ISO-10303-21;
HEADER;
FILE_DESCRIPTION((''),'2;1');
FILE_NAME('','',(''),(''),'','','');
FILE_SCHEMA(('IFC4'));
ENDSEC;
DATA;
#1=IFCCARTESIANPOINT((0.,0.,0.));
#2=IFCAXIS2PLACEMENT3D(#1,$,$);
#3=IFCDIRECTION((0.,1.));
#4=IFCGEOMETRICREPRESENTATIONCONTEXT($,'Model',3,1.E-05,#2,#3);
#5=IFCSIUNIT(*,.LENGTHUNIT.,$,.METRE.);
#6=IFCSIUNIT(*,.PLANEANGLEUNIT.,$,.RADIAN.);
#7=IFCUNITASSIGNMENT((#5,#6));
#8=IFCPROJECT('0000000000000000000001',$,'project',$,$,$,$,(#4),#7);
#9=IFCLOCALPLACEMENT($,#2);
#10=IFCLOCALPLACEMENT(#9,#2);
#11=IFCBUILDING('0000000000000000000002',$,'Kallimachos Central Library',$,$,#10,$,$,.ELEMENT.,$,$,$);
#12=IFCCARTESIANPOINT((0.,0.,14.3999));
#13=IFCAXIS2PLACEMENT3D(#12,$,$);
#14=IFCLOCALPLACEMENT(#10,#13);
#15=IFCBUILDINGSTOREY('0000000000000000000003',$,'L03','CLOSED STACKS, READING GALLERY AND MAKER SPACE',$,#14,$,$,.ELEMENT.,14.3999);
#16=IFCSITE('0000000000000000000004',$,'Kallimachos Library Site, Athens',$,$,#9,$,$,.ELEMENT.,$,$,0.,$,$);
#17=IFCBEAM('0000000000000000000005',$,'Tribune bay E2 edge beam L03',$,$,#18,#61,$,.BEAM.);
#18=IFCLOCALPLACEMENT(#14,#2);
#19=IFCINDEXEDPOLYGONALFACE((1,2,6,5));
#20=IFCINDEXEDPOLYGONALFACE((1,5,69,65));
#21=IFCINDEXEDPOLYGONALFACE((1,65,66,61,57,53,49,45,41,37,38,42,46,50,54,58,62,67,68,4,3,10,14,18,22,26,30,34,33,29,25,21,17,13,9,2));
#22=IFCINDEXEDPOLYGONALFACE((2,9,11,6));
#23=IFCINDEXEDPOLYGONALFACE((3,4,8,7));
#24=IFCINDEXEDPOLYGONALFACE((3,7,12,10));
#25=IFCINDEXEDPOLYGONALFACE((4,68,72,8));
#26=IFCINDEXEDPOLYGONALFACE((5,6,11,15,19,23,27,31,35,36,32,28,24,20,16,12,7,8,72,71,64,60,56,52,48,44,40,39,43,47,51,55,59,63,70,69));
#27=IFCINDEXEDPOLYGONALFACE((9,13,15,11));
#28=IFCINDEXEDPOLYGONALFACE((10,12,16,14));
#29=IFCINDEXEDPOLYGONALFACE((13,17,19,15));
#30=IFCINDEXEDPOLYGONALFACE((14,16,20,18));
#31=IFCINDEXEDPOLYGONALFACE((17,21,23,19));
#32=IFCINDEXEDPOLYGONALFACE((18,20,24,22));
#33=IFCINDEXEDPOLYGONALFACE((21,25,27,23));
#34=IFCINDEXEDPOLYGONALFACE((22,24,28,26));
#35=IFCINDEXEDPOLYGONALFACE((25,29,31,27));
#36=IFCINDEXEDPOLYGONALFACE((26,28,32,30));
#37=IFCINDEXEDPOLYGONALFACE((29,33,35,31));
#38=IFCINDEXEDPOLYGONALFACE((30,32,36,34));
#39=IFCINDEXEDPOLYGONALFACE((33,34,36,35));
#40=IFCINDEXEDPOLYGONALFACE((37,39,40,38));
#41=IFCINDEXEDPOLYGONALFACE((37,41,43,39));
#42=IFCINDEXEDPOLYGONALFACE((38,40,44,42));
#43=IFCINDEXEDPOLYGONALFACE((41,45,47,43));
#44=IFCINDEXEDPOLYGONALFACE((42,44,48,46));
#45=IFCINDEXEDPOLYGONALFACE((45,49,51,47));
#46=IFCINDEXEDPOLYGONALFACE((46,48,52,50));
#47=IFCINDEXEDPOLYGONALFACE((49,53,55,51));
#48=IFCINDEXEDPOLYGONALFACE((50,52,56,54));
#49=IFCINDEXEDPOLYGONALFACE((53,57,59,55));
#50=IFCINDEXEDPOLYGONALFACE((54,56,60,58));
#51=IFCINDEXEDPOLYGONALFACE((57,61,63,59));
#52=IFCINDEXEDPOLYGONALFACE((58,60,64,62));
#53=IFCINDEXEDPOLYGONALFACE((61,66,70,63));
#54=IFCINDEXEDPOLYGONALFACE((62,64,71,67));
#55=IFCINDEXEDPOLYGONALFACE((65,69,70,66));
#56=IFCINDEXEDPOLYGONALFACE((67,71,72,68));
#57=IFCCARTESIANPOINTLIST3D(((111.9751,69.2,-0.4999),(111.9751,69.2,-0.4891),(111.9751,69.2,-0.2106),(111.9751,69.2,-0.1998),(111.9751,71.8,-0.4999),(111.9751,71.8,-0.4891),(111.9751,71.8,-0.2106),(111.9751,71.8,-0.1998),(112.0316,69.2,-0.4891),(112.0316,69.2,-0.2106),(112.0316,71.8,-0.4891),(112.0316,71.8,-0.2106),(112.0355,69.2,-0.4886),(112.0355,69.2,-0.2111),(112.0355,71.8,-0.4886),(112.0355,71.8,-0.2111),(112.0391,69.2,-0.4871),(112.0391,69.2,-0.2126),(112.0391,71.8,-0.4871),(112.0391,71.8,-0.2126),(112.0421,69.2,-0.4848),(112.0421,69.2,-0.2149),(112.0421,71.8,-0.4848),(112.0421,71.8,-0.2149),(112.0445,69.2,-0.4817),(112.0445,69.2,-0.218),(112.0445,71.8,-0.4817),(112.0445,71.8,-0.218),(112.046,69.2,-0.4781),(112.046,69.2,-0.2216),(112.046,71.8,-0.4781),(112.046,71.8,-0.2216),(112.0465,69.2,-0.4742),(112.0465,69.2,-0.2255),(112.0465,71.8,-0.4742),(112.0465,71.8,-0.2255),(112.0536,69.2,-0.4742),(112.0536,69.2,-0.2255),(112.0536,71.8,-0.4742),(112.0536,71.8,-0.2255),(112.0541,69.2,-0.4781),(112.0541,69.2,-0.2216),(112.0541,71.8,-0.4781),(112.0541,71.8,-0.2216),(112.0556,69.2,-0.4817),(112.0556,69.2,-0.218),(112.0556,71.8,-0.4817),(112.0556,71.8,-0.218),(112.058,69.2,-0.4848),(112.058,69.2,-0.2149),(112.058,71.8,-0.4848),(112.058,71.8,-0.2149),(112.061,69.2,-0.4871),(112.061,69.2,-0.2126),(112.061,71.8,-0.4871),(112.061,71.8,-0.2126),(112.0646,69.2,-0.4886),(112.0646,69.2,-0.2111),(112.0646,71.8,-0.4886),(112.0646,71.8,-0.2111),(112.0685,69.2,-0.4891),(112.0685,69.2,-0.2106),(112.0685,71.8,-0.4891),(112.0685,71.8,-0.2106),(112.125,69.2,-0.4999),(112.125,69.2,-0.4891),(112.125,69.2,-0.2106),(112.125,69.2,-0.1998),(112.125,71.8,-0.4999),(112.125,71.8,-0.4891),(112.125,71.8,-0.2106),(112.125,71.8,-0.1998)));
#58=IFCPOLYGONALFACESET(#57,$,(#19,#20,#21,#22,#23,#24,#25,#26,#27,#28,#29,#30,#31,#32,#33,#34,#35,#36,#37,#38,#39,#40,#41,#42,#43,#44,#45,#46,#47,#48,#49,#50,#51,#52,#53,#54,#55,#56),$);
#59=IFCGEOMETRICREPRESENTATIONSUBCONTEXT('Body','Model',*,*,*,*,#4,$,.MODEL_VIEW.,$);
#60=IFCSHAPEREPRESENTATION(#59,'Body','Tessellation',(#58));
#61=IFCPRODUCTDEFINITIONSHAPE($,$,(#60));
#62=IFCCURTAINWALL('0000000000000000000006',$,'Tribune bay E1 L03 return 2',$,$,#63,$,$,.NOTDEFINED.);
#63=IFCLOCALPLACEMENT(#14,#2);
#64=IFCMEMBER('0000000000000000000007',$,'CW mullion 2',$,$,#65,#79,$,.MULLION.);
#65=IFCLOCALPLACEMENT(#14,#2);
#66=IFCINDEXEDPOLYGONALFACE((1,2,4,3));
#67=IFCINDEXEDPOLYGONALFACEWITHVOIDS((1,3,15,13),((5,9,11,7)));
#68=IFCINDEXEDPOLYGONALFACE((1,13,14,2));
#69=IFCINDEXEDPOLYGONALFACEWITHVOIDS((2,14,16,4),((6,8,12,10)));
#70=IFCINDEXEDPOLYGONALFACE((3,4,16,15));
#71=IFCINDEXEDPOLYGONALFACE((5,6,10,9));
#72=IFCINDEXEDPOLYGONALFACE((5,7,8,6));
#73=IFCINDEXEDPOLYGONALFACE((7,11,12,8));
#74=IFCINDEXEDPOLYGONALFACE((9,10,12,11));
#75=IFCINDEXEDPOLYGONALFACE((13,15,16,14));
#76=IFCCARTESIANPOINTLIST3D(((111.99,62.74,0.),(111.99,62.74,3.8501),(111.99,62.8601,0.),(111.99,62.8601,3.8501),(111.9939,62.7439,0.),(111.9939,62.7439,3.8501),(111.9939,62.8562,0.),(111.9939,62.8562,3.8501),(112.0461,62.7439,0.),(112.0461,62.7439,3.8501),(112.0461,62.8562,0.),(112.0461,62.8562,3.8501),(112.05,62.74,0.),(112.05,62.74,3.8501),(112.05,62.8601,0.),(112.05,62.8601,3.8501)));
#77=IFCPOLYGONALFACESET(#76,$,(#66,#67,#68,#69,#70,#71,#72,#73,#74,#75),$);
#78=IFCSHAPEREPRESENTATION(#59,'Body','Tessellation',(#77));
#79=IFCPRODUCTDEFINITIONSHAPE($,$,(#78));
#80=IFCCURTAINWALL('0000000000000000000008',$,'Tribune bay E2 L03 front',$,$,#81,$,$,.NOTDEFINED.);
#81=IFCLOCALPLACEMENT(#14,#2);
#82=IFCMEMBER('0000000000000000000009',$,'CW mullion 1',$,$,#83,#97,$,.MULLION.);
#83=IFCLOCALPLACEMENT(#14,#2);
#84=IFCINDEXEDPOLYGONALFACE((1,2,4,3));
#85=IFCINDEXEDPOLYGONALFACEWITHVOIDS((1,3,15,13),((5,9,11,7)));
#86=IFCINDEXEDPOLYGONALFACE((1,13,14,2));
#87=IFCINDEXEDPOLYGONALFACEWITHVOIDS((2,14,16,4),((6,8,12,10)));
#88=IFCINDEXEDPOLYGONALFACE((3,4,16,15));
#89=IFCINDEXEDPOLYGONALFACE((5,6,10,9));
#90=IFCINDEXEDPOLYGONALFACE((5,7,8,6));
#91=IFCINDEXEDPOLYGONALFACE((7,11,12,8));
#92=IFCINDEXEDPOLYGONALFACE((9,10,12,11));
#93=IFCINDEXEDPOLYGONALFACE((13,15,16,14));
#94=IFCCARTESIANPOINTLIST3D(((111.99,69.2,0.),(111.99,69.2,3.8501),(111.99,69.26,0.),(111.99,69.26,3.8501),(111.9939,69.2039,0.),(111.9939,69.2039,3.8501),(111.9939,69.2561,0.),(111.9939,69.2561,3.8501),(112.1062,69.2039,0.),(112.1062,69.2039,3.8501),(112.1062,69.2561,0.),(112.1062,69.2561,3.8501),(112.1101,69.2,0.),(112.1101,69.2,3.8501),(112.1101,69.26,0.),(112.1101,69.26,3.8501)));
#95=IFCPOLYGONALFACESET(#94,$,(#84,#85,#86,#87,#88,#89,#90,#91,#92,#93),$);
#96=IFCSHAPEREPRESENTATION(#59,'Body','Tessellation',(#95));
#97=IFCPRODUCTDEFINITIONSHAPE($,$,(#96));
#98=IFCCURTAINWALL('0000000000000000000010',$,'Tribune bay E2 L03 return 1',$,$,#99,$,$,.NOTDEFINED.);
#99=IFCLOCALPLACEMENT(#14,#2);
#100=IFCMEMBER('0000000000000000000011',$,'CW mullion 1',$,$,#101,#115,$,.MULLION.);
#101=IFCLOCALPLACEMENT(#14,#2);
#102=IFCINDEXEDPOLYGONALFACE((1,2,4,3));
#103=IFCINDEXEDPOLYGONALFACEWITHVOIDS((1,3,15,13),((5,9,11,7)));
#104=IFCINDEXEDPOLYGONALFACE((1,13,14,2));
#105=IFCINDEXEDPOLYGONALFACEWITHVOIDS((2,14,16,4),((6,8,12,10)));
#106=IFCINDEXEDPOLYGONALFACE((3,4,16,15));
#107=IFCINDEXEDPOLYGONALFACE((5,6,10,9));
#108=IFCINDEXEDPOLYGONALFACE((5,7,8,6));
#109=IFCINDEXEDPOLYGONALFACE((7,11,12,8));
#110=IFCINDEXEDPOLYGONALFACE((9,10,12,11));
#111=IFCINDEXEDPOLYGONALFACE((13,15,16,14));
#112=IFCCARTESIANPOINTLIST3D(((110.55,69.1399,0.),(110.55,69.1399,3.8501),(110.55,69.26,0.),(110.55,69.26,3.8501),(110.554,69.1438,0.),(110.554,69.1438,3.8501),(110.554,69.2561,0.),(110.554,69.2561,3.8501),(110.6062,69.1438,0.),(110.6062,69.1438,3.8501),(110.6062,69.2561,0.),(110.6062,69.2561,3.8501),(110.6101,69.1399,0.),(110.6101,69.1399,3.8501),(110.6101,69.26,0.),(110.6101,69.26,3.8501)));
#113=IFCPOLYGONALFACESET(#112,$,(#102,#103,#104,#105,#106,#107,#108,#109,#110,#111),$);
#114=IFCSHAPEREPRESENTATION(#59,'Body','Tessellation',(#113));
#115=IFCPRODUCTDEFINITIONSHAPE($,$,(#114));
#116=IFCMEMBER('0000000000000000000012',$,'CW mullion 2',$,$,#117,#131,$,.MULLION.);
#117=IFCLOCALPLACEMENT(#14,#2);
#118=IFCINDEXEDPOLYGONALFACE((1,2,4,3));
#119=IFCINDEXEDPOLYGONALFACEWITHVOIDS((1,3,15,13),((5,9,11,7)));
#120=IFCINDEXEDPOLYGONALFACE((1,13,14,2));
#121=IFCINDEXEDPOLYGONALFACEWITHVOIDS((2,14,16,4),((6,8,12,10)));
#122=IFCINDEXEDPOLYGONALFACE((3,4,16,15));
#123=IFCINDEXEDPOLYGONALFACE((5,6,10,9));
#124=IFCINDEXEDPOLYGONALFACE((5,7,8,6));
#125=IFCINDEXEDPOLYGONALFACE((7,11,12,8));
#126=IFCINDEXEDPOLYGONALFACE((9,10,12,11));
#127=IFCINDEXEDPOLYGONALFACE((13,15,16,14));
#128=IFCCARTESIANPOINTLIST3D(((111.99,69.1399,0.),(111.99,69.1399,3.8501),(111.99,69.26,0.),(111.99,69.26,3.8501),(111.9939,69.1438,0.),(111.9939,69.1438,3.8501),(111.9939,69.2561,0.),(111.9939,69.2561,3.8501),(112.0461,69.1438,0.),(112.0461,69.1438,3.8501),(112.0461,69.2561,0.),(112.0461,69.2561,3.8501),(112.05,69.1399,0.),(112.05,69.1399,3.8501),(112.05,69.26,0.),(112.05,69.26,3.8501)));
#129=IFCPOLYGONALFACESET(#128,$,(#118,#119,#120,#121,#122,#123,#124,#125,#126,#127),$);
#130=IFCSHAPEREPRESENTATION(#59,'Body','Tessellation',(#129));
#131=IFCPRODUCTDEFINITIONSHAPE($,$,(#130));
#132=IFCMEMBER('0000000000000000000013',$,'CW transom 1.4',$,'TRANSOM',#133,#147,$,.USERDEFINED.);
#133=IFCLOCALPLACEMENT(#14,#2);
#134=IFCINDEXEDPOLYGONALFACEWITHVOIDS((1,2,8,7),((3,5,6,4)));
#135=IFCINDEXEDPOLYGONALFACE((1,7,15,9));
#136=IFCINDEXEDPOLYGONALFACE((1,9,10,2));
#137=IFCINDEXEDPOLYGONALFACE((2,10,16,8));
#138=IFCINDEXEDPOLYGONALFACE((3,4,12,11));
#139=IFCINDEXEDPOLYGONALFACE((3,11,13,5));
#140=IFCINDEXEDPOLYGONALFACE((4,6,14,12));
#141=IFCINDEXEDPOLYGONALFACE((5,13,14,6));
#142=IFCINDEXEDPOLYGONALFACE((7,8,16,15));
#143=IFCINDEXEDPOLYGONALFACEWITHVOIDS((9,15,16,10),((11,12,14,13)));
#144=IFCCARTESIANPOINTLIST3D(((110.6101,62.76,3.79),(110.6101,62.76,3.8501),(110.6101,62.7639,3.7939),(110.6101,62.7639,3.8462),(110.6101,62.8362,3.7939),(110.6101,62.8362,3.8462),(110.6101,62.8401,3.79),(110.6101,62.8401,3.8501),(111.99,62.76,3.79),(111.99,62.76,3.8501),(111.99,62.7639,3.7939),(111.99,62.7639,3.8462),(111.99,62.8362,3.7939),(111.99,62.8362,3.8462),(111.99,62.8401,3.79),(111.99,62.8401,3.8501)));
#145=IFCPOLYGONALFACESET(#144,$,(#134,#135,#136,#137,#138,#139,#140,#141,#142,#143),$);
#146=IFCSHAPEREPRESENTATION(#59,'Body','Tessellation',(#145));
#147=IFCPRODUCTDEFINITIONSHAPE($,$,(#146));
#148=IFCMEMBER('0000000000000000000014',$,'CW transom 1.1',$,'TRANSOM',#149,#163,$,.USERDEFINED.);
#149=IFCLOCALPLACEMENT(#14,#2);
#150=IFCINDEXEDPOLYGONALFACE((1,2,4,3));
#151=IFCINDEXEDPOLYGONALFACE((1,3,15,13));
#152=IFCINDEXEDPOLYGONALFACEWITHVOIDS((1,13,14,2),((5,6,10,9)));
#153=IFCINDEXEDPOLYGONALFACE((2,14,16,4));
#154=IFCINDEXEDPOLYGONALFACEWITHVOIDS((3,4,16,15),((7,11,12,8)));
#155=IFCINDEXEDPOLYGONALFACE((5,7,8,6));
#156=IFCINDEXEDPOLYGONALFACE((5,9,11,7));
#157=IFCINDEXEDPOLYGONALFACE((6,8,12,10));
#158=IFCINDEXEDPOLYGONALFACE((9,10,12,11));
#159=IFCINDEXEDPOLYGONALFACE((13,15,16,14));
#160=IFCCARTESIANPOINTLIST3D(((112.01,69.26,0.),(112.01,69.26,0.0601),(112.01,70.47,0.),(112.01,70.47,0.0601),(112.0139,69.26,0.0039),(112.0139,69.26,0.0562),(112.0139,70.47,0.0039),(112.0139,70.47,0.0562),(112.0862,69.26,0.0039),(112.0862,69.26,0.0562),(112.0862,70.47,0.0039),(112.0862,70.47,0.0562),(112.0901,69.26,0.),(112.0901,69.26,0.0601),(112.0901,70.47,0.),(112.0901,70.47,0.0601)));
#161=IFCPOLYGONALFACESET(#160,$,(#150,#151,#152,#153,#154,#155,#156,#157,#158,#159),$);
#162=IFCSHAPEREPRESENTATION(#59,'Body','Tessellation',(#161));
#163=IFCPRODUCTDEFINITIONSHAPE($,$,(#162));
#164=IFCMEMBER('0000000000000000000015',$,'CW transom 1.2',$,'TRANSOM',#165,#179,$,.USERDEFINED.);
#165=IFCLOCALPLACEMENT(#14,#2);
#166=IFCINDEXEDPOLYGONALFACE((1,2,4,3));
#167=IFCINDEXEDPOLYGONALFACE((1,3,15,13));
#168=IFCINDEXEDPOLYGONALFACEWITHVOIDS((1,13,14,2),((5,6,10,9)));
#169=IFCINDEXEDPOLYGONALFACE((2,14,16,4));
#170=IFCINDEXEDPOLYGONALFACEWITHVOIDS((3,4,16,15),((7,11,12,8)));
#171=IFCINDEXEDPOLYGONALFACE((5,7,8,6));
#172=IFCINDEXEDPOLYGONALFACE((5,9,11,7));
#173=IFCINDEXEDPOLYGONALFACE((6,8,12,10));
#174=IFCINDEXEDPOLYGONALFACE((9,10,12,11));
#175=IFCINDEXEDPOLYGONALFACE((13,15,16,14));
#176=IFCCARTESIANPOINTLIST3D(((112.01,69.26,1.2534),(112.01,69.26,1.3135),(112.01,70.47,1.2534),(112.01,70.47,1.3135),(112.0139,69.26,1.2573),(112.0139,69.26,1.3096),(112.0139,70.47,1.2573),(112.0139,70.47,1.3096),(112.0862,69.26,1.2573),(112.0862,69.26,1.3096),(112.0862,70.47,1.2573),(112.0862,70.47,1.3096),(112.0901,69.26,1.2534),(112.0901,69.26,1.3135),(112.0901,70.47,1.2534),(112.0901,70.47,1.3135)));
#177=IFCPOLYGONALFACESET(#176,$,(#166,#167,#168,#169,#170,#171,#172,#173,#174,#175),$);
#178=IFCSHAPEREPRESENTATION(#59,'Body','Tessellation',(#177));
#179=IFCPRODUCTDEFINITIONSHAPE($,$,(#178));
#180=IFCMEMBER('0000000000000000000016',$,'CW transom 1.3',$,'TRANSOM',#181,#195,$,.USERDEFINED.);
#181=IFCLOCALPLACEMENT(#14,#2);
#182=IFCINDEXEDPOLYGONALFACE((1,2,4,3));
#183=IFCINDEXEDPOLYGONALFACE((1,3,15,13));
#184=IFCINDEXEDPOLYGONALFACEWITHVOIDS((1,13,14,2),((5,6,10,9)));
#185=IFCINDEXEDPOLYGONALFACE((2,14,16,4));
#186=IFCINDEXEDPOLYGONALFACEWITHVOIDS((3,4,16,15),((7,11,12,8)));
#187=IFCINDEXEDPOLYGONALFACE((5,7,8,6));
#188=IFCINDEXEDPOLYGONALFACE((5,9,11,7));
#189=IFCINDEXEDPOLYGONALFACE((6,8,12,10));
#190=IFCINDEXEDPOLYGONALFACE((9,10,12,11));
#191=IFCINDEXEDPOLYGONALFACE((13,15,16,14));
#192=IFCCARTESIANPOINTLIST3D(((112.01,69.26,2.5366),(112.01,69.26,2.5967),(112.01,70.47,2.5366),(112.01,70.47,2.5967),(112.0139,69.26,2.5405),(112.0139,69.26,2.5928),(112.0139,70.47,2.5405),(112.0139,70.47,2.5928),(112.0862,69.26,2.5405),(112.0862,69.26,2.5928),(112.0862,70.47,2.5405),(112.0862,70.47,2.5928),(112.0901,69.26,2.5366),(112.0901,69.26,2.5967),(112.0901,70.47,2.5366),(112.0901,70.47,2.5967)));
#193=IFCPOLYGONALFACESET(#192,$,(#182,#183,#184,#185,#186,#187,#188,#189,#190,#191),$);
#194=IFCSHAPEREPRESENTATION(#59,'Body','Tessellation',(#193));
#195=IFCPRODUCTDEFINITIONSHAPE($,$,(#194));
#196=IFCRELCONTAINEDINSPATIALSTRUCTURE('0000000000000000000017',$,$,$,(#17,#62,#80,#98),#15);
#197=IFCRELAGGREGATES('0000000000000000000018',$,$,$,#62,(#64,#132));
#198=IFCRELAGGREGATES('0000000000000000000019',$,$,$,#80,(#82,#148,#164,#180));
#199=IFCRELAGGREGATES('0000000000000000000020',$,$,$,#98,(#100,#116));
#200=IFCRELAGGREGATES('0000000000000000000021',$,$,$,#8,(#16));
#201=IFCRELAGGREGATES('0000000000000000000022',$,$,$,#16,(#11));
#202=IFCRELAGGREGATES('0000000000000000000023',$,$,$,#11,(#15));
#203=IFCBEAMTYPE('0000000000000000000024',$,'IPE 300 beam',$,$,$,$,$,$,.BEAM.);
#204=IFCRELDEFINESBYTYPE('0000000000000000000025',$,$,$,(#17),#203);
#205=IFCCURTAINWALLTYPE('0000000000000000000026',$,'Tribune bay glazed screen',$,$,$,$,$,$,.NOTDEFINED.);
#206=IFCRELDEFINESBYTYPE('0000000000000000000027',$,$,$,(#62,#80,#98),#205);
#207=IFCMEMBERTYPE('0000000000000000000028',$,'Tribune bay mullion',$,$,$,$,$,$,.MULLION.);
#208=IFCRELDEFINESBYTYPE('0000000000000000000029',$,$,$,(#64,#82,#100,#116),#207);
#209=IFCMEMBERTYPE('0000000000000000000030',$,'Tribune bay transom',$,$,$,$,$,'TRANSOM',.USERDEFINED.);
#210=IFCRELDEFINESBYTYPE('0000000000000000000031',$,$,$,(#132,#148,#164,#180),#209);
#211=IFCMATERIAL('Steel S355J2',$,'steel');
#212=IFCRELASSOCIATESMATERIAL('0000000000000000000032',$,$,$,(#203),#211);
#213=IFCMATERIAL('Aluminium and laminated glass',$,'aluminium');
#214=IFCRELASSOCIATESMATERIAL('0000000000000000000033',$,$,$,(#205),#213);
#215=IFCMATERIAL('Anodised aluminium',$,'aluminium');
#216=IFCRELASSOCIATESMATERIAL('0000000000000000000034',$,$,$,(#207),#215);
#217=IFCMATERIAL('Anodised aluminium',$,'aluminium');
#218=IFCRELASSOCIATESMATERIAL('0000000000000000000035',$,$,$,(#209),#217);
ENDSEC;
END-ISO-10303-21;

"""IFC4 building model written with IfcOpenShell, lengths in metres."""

from ifc_helpers import new_model, si_unit, direction, frame, origin, origin_2d, place, context, subcontext, project, spatial, hollow_rectangle, i_section, extrude, material, material_profile, profile_set, type_object, element, aggregate, save


model = new_model("IFC4")

# Units and contexts
model_context = context("Model", 3, precision=1e-05, world=origin(), true_north=direction((0.0, 1.0)))
body_context = subcontext(model_context, "Body", "Model", "MODEL_VIEW")
ifc_project = project(units=[si_unit("LENGTHUNIT", "METRE"), si_unit("PLANEANGLEUNIT", "RADIAN")], contexts=[model_context])

# Site, building, storey
site_placement = place(None, origin())
site = spatial("IfcSite", under=ifc_project, at=site_placement, Name="Kallimachos Library Site, Athens", CompositionType="ELEMENT", RefElevation=0.0)
building_placement = place(site_placement, origin())
building = spatial("IfcBuilding", under=site, at=building_placement, Name="Kallimachos Central Library", CompositionType="ELEMENT")
storey_placement = place(building_placement, frame((0.0, 0.0, 14.3999)))
storey = spatial("IfcBuildingStorey", under=building, at=storey_placement, Name="L03", Description="CLOSED STACKS, READING GALLERY AND MAKER SPACE", CompositionType="ELEMENT", Elevation=14.3999)

# Beam
ifc_material_1 = material(Name="Steel S355J2", Category="steel")
ifc_material_profile_1 = material_profile(ifc_material_1, i_section(OverallWidth=0.1499, OverallDepth=0.3, WebThickness=0.0071, FlangeThickness=0.0107, FilletRadius=0.0149, at=origin_2d()), Name="IPE 300")
ifc_profile_set_1 = profile_set([ifc_material_profile_1], Name="Steel S355J2")
beam_type = type_object("IfcBeamType", Name="IPE 300 beam", PredefinedType="BEAM", material=ifc_profile_set_1)
beam_placement = place(storey_placement, frame((112.05, 69.2, -0.3499), z_axis=(0.0, 1.0, 0.0), x_axis=(-1.0, 0.0, 0.0)))
element("IfcBeam", 1, at=beam_placement, inside=storey, type_object=beam_type, Name="Tribune bay E2 edge beam L03", PredefinedType="BEAM", context=body_context, shape_type="SweptSolid", body=[
    extrude(i_section(OverallWidth=0.1499, OverallDepth=0.3, WebThickness=0.0071, FlangeThickness=0.0107, FilletRadius=0.0149, at=origin_2d()), origin(), (0.0, 0.0, 1.0), 2.6001),
])

# Curtain walls, members
ifc_material_2 = material(Name="Aluminium and laminated glass", Category="aluminium")
curtain_wall_type_1 = type_object("IfcCurtainWallType", Name="Tribune bay glazed screen", PredefinedType="NOTDEFINED", material=ifc_material_2)
curtain_wall_1_placement = place(storey_placement, origin())
curtain_wall_1 = element("IfcCurtainWall", 2, at=curtain_wall_1_placement, inside=storey, type_object=curtain_wall_type_1, Name="Tribune bay E1 L03 return 2", PredefinedType="NOTDEFINED")
ifc_material_3 = material(Name="Anodised aluminium", Category="aluminium")
ifc_material_profile_2 = material_profile(ifc_material_3, hollow_rectangle(XDim=0.0601, YDim=0.1201, WallThickness=0.0039, at=origin_2d()), Name="ALU MULLION 60x120")
ifc_profile_set_2 = profile_set([ifc_material_profile_2], Name="Anodised aluminium")
member_type_1 = type_object("IfcMemberType", Name="Tribune bay mullion", PredefinedType="MULLION", material=ifc_profile_set_2)
member_1_placement = place(storey_placement, frame((112.02, 62.8, 0.0), z_axis=(0.0, 0.0, 1.0), x_axis=(1.0, 0.0, 0.0)))
member_1 = element("IfcMember", 3, at=member_1_placement, type_object=member_type_1, Name="CW mullion 2", PredefinedType="MULLION", context=body_context, shape_type="SweptSolid", body=[
    extrude(hollow_rectangle(XDim=0.0601, YDim=0.1201, WallThickness=0.0039, at=origin_2d()), origin(), (0.0, 0.0, 1.0), 3.8501),
])
curtain_wall_2_placement = place(storey_placement, origin())
curtain_wall_2 = element("IfcCurtainWall", 4, at=curtain_wall_2_placement, inside=storey, type_object=curtain_wall_type_1, Name="Tribune bay E2 L03 front", PredefinedType="NOTDEFINED")
member_2_placement = place(storey_placement, frame((112.05, 69.23, 0.0), z_axis=(0.0, 0.0, 1.0), x_axis=(0.0, 1.0, 0.0)))
member_2 = element("IfcMember", 5, at=member_2_placement, type_object=member_type_1, Name="CW mullion 1", PredefinedType="MULLION", context=body_context, shape_type="SweptSolid", body=[
    extrude(hollow_rectangle(XDim=0.0601, YDim=0.1201, WallThickness=0.0039, at=origin_2d()), origin(), (0.0, 0.0, 1.0), 3.8501),
])

# Curtain wall, members
curtain_wall_3_placement = place(storey_placement, origin())
curtain_wall_3 = element("IfcCurtainWall", 6, at=curtain_wall_3_placement, inside=storey, type_object=curtain_wall_type_1, Name="Tribune bay E2 L03 return 1", PredefinedType="NOTDEFINED")
member_3_placement = place(storey_placement, frame((110.5801, 69.2, 0.0), z_axis=(0.0, 0.0, 1.0), x_axis=(1.0, 0.0, 0.0)))
member_3 = element("IfcMember", 7, at=member_3_placement, type_object=member_type_1, Name="CW mullion 1", PredefinedType="MULLION", context=body_context, shape_type="SweptSolid", body=[
    extrude(hollow_rectangle(XDim=0.0601, YDim=0.1201, WallThickness=0.0039, at=origin_2d()), origin(), (0.0, 0.0, 1.0), 3.8501),
])
member_4_placement = place(storey_placement, frame((112.02, 69.2, 0.0), z_axis=(0.0, 0.0, 1.0), x_axis=(1.0, 0.0, 0.0)))
member_4 = element("IfcMember", 8, at=member_4_placement, type_object=member_type_1, Name="CW mullion 2", PredefinedType="MULLION", context=body_context, shape_type="SweptSolid", body=[
    extrude(hollow_rectangle(XDim=0.0601, YDim=0.1201, WallThickness=0.0039, at=origin_2d()), origin(), (0.0, 0.0, 1.0), 3.8501),
])

# Members
ifc_material_4 = material(Name="Anodised aluminium", Category="aluminium")
ifc_material_profile_3 = material_profile(ifc_material_4, hollow_rectangle(XDim=0.0601, YDim=0.0801, WallThickness=0.0039, at=origin_2d()), Name="ALU TRANSOM 60x80")
ifc_profile_set_3 = profile_set([ifc_material_profile_3], Name="Anodised aluminium")
member_type_2 = type_object("IfcMemberType", Name="Tribune bay transom", ElementType="TRANSOM", PredefinedType="USERDEFINED", material=ifc_profile_set_3)
member_5_placement = place(storey_placement, frame((110.6101, 62.8, 3.8201), z_axis=(1.0, 0.0, 0.0), x_axis=(0.0, 0.0, 1.0)))
member_5 = element("IfcMember", 9, at=member_5_placement, type_object=member_type_2, Name="CW transom 1.4", ObjectType="TRANSOM", PredefinedType="USERDEFINED", context=body_context, shape_type="SweptSolid", body=[
    extrude(hollow_rectangle(XDim=0.0601, YDim=0.0801, WallThickness=0.0039, at=origin_2d()), origin(), (0.0, 0.0, 1.0), 1.3799),
])
member_6_placement = place(storey_placement, frame((112.05, 69.26, 0.03), z_axis=(0.0, 1.0, 0.0), x_axis=(0.0, 0.0, 1.0)))
member_6 = element("IfcMember", 10, at=member_6_placement, type_object=member_type_2, Name="CW transom 1.1", ObjectType="TRANSOM", PredefinedType="USERDEFINED", context=body_context, shape_type="SweptSolid", body=[
    extrude(hollow_rectangle(XDim=0.0601, YDim=0.0801, WallThickness=0.0039, at=origin_2d()), origin(), (0.0, 0.0, 1.0), 1.21),
])
member_7_placement = place(storey_placement, frame((112.05, 69.26, 1.2834), z_axis=(0.0, 1.0, 0.0), x_axis=(0.0, 0.0, 1.0)))
member_7 = element("IfcMember", 11, at=member_7_placement, type_object=member_type_2, Name="CW transom 1.2", ObjectType="TRANSOM", PredefinedType="USERDEFINED", context=body_context, shape_type="SweptSolid", body=[
    extrude(hollow_rectangle(XDim=0.0601, YDim=0.0801, WallThickness=0.0039, at=origin_2d()), origin(), (0.0, 0.0, 1.0), 1.21),
])
member_8_placement = place(storey_placement, frame((112.05, 69.26, 2.5667), z_axis=(0.0, 1.0, 0.0), x_axis=(0.0, 0.0, 1.0)))
member_8 = element("IfcMember", 12, at=member_8_placement, type_object=member_type_2, Name="CW transom 1.3", ObjectType="TRANSOM", PredefinedType="USERDEFINED", context=body_context, shape_type="SweptSolid", body=[
    extrude(hollow_rectangle(XDim=0.0601, YDim=0.0801, WallThickness=0.0039, at=origin_2d()), origin(), (0.0, 0.0, 1.0), 1.21),
])

aggregate(curtain_wall_1, [member_1, member_5])
aggregate(curtain_wall_2, [member_2, member_6, member_7, member_8])
aggregate(curtain_wall_3, [member_3, member_4])

save(model, "model.ifc")
